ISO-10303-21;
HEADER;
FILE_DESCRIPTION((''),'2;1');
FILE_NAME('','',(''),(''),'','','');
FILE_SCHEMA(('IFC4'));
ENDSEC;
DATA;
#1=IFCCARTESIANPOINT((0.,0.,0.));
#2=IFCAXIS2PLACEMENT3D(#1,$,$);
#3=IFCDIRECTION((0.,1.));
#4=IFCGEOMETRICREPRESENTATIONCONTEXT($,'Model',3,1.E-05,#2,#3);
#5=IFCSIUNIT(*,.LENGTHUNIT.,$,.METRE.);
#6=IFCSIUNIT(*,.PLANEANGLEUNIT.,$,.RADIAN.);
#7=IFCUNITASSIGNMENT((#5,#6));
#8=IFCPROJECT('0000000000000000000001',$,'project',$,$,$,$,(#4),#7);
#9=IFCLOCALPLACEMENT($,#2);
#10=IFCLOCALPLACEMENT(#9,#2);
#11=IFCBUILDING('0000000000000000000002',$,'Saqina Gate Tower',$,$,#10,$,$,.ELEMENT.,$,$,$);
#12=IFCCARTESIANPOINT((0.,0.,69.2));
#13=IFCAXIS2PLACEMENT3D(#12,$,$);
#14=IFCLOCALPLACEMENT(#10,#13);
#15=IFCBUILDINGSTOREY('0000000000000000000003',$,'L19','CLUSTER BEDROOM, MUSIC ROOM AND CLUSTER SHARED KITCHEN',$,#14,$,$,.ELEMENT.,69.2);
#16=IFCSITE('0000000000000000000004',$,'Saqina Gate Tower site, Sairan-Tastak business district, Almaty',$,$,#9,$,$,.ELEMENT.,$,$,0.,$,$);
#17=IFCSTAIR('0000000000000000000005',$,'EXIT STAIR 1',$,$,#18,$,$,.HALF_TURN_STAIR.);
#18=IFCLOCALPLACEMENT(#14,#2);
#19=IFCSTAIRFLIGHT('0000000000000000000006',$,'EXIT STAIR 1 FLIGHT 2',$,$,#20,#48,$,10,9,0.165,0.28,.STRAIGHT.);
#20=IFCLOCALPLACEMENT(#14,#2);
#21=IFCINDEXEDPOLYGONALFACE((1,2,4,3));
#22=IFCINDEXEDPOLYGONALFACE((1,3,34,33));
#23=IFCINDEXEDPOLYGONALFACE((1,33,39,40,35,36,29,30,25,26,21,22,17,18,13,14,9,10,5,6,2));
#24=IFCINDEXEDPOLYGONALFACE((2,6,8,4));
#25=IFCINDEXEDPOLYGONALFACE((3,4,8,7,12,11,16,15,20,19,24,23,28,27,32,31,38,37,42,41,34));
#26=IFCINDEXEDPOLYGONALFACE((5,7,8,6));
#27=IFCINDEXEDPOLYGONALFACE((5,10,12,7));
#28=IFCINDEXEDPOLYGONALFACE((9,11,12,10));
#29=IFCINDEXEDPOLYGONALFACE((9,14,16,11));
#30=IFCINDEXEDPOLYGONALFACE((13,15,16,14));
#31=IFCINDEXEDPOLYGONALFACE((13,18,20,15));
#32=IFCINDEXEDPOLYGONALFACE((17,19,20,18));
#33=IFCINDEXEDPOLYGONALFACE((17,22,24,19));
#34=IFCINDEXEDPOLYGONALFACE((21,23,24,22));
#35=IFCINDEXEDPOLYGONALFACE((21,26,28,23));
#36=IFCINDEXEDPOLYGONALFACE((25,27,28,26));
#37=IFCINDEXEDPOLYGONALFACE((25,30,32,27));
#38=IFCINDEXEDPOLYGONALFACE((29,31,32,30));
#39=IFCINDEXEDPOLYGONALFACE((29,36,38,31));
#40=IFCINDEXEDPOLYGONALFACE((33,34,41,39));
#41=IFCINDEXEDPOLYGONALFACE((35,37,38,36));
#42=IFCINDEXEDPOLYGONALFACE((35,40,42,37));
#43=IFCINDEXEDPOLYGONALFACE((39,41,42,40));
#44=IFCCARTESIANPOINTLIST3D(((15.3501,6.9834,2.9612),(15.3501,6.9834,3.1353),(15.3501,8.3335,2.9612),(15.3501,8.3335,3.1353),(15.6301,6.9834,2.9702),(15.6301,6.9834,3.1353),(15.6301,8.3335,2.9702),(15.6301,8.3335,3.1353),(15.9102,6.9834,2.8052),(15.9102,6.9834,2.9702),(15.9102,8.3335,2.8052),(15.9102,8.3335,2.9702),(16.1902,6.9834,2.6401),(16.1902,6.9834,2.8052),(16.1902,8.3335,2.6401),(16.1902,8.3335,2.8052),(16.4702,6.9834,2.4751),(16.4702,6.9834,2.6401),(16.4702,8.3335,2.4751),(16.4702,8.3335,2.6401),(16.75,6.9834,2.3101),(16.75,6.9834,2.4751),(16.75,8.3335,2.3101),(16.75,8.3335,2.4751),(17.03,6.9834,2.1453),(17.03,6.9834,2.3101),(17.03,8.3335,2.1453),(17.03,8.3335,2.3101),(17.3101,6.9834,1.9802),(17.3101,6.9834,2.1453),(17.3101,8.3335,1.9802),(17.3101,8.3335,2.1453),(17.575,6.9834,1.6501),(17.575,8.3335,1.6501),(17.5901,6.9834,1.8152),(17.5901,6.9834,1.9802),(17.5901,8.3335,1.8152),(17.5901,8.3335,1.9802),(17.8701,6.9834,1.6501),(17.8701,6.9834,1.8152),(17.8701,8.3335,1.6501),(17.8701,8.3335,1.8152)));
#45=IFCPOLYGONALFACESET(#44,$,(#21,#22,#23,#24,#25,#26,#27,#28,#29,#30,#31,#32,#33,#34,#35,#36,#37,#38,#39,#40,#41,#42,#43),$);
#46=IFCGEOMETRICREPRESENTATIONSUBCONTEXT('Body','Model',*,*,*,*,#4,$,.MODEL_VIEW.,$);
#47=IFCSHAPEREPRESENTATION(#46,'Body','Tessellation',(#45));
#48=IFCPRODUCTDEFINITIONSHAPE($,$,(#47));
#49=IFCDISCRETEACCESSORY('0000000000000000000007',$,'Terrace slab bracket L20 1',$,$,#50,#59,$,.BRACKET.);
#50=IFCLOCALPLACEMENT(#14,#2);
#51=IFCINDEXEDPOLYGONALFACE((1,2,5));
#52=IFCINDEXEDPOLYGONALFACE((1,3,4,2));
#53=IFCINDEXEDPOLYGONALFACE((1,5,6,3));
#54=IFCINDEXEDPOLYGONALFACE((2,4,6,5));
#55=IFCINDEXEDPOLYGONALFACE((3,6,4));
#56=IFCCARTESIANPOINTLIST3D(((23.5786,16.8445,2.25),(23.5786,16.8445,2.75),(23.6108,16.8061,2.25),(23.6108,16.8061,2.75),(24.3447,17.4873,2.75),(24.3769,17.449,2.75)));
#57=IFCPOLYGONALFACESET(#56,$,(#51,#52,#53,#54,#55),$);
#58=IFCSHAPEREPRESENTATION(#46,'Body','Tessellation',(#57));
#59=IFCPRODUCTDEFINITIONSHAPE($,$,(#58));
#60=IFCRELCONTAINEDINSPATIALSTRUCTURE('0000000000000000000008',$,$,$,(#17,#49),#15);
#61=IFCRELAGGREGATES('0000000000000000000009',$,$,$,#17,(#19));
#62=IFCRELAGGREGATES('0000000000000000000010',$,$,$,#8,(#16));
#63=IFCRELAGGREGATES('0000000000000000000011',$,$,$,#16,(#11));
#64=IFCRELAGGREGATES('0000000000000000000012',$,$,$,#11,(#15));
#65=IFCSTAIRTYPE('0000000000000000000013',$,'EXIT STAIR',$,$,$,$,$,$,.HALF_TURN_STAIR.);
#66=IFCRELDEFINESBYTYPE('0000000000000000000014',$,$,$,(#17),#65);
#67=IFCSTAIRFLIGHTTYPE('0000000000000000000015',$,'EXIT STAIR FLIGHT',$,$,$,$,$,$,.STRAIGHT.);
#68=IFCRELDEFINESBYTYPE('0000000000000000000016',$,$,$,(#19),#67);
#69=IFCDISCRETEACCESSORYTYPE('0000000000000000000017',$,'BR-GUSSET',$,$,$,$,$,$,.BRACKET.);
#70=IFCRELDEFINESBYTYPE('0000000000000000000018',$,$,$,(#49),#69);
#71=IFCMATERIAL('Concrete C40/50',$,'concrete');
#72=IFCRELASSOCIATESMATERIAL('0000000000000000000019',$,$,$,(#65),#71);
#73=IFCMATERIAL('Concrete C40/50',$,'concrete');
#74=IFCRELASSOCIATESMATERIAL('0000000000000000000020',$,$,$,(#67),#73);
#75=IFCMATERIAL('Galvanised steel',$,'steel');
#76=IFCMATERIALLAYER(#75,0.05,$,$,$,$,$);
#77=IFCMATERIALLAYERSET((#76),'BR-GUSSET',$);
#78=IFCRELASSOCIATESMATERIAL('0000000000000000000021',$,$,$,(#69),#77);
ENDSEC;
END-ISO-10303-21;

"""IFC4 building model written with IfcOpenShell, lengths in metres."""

from ifc_helpers import new_model, si_unit, direction, frame, origin, place, context, subcontext, project, spatial, polyline, outline, extrude, material, layer, layer_set, type_object, element, aggregate, save


model = new_model("IFC4")

# Units and contexts
model_context = context("Model", 3, precision=1e-05, world=origin(), true_north=direction((0.0, 1.0)))
body_context = subcontext(model_context, "Body", "Model", "MODEL_VIEW")
ifc_project = project(units=[si_unit("LENGTHUNIT", "METRE"), si_unit("PLANEANGLEUNIT", "RADIAN")], contexts=[model_context])

# Site, building, storey
site_placement = place(None, origin())
site = spatial("IfcSite", under=ifc_project, at=site_placement, Name="Saqina Gate Tower site, Sairan-Tastak business district, Almaty", CompositionType="ELEMENT", RefElevation=0.0)
building_placement = place(site_placement, origin())
building = spatial("IfcBuilding", under=site, at=building_placement, Name="Saqina Gate Tower", CompositionType="ELEMENT")
storey_placement = place(building_placement, frame((0.0, 0.0, 69.2)))
storey = spatial("IfcBuildingStorey", under=building, at=storey_placement, Name="L19", Description="CLUSTER BEDROOM, MUSIC ROOM AND CLUSTER SHARED KITCHEN", CompositionType="ELEMENT", Elevation=69.2)

# Stair, stair flight
ifc_material_1 = material(Name="Concrete C40/50", Category="concrete")
stair_type = type_object("IfcStairType", Name="EXIT STAIR", PredefinedType="HALF_TURN_STAIR", material=ifc_material_1)
stair_placement = place(storey_placement, origin())
stair = element("IfcStair", 1, at=stair_placement, inside=storey, type_object=stair_type, Name="EXIT STAIR 1", PredefinedType="HALF_TURN_STAIR")
ifc_material_2 = material(Name="Concrete C40/50", Category="concrete")
stair_flight_type = type_object("IfcStairFlightType", Name="EXIT STAIR FLIGHT", PredefinedType="STRAIGHT", material=ifc_material_2)
stair_flight_placement = place(storey_placement, frame((17.8701, 7.6584, 1.6501), z_axis=(0.0, 0.0, 1.0), x_axis=(-1.0, 0.0, 0.0)))
stair_flight = element("IfcStairFlight", 2, at=stair_flight_placement, type_object=stair_flight_type, Name="EXIT STAIR 1 FLIGHT 2", NumberOfRisers=10, NumberOfTreads=9, PredefinedType="STRAIGHT", RiserHeight=0.165, TreadLength=0.28, context=body_context, shape_type="SweptSolid", body=[
    extrude(outline(polyline([(0.0, 0.0), (0.0, 0.165), (0.28, 0.165), (0.28, 0.3301), (0.5601, 0.3301), (0.5601, 0.4951), (0.8401, 0.4951), (0.8401, 0.6599), (1.1201, 0.6599), (1.1201, 0.825), (1.3999, 0.825), (1.3999, 0.99), (1.6799, 0.99), (1.6799, 1.155), (1.96, 1.155), (1.96, 1.3201), (2.24, 1.3201), (2.24, 1.4851), (2.52, 1.4851), (2.52, 1.6499), (2.52, 1.311), (0.2952, 0.0), (0.0, 0.0)])), frame((0.0, 0.675, 0.0), z_axis=(0.0, -1.0, 0.0), x_axis=(1.0, 0.0, 0.0)), (0.0, 0.0, 1.0), 1.3501),
])
aggregate(stair, [stair_flight])

# Discrete accessory
ifc_material_3 = material(Name="Galvanised steel", Category="steel")
ifc_layer_1 = layer(ifc_material_3, 0.05)
ifc_layer_set_1 = layer_set([ifc_layer_1], Name="BR-GUSSET")
discrete_accessory_type = type_object("IfcDiscreteAccessoryType", Name="BR-GUSSET", PredefinedType="BRACKET", material=ifc_layer_set_1)
discrete_accessory_placement = place(storey_placement, frame((23.5786, 16.8445, 2.25), z_axis=(-0.642774, 0.766056, 0.0), x_axis=(0.0, 0.0, 1.0)))
element("IfcDiscreteAccessory", 3, at=discrete_accessory_placement, inside=storey, type_object=discrete_accessory_type, Name="Terrace slab bracket L20 1", PredefinedType="BRACKET", context=body_context, shape_type="SweptSolid", body=[
    extrude(outline(polyline([(0.0, 0.0), (0.5, 0.0), (0.5, 1.0001), (0.0, 0.0)])), origin(), (0.0, 0.0, -1.0), 0.05),
])

save(model, "model.ifc")
